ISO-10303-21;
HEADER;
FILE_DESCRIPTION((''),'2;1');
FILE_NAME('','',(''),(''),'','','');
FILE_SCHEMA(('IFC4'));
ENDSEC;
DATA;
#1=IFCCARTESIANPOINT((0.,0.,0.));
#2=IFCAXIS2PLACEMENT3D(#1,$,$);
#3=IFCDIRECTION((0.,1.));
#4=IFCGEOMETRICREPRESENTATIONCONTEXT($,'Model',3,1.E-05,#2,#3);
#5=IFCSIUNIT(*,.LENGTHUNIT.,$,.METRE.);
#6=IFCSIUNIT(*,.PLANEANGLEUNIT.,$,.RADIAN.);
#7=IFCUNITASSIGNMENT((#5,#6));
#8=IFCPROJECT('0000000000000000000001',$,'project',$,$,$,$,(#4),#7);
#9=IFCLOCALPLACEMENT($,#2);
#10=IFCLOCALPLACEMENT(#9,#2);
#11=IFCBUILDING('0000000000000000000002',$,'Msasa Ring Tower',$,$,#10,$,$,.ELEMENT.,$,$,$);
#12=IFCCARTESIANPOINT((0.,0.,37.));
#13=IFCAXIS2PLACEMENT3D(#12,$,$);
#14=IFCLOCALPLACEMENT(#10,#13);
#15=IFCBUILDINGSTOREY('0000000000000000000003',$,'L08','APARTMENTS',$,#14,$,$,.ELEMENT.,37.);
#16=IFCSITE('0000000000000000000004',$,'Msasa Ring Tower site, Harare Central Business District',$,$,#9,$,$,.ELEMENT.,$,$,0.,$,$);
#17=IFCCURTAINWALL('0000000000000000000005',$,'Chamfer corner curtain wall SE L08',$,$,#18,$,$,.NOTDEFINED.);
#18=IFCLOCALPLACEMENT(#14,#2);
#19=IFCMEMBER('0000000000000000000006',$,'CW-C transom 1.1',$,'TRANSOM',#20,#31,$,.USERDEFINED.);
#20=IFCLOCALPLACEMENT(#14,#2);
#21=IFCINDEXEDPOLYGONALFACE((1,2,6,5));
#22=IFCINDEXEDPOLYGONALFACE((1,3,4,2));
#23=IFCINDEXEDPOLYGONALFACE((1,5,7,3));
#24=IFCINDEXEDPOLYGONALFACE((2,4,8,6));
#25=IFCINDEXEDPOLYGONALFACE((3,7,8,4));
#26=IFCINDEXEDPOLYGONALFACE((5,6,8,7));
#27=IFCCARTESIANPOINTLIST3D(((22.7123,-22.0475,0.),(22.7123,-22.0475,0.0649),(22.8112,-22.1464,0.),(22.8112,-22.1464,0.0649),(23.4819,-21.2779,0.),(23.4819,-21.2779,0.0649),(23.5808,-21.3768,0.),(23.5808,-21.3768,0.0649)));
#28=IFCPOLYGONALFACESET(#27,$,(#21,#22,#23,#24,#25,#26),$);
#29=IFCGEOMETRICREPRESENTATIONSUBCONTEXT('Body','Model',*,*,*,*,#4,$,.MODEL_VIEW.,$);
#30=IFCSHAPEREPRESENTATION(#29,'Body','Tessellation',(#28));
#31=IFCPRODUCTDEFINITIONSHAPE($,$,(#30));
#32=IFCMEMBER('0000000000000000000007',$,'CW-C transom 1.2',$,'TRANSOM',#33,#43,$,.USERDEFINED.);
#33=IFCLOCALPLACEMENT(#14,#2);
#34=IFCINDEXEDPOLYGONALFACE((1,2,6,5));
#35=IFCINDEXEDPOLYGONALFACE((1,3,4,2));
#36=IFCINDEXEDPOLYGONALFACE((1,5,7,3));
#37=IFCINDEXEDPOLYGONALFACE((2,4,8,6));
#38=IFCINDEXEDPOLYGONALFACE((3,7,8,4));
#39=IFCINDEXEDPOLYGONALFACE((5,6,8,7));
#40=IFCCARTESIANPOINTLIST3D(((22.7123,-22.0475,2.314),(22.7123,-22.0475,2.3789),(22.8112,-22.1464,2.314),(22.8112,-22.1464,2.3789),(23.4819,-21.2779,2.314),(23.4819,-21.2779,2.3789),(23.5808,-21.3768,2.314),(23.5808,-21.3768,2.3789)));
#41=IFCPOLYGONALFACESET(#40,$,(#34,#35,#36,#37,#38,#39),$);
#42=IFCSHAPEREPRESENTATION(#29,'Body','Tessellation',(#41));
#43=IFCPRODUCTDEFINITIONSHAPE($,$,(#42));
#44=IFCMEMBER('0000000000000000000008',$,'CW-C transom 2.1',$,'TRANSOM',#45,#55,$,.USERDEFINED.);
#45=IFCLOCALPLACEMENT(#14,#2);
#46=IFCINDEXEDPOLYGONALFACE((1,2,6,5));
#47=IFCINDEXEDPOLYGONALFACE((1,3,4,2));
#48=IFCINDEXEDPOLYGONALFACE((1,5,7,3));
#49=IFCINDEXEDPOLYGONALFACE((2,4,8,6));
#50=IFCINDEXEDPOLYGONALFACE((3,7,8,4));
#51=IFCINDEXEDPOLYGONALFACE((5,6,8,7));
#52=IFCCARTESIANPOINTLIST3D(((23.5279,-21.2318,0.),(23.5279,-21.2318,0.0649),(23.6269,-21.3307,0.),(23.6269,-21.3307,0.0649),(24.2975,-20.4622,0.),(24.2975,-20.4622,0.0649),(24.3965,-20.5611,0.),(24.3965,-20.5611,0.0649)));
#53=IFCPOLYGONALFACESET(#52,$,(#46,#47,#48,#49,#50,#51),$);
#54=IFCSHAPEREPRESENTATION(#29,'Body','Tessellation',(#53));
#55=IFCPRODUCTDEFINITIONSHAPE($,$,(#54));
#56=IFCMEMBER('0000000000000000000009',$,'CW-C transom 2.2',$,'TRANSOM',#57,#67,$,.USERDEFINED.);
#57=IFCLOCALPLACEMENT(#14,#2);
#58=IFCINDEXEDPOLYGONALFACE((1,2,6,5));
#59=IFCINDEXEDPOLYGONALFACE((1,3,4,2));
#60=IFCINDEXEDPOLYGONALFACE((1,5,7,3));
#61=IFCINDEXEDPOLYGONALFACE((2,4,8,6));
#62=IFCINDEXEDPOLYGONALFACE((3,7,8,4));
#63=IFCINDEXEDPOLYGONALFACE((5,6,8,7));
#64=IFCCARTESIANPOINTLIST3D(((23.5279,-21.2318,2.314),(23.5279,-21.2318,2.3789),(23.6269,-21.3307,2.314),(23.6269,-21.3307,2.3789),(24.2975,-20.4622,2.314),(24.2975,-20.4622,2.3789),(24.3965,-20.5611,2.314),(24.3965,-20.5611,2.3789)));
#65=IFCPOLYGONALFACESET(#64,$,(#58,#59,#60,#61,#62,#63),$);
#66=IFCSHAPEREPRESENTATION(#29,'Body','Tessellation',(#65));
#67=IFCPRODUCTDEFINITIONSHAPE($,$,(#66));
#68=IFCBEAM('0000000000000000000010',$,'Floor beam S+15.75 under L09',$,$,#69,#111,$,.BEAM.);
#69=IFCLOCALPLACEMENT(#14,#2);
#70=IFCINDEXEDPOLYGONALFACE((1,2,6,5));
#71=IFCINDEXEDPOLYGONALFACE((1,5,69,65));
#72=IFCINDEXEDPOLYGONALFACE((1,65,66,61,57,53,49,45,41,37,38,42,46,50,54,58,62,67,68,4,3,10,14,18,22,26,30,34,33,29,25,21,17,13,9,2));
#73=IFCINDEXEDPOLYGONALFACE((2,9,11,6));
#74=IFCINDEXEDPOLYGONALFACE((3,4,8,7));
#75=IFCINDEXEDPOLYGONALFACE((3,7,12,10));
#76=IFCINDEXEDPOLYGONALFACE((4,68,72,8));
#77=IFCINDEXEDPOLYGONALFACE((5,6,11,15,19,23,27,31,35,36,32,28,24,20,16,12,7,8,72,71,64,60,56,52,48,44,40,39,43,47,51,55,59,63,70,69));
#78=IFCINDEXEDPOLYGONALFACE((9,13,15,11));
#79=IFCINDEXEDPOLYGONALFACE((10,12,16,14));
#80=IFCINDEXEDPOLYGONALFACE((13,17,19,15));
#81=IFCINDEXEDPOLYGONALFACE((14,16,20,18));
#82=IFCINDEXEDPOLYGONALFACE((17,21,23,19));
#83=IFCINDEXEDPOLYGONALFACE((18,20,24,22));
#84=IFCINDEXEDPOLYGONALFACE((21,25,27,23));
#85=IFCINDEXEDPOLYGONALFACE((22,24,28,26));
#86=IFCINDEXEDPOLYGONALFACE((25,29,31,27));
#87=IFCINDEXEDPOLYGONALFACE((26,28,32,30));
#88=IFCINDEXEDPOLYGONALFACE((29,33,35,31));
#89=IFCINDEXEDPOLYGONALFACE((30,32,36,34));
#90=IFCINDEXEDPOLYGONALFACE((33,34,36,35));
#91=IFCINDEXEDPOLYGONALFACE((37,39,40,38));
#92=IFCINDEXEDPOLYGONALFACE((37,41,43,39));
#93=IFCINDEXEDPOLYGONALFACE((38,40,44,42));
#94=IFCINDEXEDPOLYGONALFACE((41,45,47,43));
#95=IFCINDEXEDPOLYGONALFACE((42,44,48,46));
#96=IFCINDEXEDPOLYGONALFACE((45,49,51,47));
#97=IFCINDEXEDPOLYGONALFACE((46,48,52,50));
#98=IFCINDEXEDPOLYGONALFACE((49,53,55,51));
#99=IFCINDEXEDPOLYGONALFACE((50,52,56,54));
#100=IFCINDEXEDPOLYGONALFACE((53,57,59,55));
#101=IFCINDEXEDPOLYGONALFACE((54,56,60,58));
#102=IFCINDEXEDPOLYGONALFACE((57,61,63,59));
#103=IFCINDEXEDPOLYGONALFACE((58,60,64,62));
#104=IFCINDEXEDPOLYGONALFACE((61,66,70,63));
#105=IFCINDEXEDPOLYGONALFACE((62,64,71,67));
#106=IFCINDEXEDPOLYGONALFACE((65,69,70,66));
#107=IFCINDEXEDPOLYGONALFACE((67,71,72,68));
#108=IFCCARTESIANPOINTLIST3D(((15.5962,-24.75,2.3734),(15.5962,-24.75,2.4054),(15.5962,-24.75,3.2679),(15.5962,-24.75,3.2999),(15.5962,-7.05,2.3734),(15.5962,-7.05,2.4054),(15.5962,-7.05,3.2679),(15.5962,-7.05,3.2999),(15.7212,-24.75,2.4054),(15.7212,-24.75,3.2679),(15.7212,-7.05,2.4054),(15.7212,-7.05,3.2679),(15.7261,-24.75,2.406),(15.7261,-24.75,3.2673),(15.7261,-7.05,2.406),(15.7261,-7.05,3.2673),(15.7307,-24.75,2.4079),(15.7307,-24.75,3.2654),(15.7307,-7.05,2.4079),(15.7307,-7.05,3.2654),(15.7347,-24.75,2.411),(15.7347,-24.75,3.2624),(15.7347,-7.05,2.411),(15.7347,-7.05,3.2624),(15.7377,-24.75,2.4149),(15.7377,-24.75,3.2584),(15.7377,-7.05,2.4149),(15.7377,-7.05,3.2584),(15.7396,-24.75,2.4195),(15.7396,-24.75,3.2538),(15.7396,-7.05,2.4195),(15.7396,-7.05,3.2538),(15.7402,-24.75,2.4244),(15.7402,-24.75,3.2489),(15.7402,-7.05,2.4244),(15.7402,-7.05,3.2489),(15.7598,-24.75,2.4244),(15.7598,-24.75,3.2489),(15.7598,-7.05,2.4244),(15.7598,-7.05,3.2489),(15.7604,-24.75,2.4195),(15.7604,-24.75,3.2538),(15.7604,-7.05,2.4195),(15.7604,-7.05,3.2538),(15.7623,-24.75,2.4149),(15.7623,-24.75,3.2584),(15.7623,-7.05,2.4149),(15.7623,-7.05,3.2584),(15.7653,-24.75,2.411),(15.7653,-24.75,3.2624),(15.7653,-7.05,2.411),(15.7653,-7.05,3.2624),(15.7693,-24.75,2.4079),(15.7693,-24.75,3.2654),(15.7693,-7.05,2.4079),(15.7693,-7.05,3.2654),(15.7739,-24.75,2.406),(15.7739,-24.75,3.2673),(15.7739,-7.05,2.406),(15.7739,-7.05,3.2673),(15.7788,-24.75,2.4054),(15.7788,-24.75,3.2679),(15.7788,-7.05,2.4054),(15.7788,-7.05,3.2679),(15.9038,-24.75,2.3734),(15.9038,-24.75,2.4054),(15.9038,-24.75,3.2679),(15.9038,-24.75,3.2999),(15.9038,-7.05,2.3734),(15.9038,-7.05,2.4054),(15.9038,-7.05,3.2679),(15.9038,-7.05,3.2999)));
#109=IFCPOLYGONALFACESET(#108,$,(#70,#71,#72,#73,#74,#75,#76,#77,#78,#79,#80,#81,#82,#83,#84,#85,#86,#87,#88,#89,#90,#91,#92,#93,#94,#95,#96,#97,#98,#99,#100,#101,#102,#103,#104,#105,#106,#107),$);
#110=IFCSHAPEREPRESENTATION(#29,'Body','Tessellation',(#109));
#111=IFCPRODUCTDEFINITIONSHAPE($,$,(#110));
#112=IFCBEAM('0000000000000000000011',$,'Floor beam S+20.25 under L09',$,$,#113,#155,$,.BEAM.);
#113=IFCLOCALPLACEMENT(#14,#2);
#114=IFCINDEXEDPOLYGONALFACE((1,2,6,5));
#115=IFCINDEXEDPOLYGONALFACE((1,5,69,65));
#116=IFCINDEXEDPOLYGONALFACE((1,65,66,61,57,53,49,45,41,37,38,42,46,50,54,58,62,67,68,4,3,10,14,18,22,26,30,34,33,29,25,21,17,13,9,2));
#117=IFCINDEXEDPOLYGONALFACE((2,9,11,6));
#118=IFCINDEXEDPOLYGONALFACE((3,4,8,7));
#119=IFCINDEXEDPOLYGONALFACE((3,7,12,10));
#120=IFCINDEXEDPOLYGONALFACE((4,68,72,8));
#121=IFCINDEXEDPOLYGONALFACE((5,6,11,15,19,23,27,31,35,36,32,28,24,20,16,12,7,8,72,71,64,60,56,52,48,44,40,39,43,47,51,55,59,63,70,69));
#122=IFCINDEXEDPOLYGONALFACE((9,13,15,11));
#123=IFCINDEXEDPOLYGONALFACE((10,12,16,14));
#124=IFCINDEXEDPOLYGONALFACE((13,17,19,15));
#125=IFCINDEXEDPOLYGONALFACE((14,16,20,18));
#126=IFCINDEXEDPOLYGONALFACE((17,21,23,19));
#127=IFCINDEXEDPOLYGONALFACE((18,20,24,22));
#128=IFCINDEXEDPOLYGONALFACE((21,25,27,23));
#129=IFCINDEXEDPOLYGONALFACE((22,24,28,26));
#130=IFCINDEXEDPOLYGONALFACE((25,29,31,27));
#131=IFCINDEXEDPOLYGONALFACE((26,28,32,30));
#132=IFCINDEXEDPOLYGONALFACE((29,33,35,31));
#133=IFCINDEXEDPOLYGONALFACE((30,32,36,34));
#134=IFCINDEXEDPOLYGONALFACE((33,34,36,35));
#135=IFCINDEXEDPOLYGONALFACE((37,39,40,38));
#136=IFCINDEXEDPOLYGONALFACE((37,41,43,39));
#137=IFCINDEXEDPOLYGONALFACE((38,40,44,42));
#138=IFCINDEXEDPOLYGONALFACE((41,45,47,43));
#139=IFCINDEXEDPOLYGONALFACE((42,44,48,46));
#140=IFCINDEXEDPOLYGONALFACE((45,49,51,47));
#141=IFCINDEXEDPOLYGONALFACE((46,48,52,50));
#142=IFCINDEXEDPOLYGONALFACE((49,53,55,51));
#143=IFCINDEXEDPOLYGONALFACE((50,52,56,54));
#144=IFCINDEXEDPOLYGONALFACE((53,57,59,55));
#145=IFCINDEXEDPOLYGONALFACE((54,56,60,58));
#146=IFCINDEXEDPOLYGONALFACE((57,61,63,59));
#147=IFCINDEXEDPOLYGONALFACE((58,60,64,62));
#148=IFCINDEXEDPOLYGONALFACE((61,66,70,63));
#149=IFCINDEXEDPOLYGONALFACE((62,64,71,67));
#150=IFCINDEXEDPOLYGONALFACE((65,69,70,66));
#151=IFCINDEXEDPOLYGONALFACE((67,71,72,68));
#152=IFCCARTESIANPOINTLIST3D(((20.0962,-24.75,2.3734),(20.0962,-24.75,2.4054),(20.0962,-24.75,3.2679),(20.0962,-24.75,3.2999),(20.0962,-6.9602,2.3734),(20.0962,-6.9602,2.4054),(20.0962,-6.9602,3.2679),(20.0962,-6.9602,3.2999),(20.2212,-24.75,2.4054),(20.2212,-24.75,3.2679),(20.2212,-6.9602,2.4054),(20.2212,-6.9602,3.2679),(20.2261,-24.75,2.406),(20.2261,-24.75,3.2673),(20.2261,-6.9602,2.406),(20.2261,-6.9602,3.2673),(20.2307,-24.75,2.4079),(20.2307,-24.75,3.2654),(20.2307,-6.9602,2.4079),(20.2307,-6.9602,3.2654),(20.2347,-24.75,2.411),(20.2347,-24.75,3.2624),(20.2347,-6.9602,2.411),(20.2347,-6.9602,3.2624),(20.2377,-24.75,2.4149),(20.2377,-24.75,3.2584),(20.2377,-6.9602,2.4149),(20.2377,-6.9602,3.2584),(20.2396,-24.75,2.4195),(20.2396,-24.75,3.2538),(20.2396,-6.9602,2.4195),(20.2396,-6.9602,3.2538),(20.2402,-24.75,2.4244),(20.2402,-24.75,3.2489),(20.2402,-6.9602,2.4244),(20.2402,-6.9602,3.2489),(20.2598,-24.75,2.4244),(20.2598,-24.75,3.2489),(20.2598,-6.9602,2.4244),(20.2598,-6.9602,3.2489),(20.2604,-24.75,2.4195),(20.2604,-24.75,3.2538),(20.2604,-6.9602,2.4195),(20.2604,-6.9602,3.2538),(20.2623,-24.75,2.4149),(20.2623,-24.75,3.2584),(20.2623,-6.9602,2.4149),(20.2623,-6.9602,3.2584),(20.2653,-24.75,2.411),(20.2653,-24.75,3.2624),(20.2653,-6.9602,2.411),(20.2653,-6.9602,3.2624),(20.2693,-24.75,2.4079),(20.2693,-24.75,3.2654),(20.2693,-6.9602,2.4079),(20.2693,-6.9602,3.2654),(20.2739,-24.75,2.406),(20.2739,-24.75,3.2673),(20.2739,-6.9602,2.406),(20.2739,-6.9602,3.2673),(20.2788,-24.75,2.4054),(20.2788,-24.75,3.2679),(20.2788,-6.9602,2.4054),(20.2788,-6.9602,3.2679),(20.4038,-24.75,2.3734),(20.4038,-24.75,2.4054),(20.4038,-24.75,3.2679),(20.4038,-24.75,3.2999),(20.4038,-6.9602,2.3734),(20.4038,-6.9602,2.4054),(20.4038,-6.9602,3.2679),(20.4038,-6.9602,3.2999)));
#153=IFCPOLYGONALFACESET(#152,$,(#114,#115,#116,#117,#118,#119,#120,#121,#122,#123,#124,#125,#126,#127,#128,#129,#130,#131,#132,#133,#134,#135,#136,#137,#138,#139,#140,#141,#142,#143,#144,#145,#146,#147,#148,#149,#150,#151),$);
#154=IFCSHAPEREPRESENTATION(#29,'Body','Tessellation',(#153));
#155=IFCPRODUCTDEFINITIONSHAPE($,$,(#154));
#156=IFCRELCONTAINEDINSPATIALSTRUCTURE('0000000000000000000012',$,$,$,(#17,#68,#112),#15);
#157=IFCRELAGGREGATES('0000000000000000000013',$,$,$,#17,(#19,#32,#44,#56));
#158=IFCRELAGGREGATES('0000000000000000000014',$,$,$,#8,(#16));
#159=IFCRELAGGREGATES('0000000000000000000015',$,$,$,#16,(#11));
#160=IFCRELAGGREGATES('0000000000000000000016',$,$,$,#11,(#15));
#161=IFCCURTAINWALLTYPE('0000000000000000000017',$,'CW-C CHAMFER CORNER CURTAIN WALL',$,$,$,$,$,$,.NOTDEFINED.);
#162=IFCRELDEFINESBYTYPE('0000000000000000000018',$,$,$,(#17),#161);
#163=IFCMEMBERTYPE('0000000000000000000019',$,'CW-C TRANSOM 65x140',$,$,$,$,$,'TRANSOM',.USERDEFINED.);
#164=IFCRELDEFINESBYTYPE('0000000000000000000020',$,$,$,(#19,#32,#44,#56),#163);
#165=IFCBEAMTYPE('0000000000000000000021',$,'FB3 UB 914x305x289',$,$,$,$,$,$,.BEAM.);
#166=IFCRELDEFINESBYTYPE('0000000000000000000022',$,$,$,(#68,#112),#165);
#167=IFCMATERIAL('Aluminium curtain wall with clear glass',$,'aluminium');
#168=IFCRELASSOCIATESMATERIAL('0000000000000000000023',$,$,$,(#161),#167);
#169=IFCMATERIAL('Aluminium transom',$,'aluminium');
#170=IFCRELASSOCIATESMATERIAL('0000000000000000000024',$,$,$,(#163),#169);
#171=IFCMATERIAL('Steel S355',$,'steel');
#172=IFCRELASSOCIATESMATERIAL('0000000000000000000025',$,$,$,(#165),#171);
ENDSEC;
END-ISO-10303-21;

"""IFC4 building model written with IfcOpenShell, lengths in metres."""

from ifc_helpers import new_model, si_unit, direction, frame, origin, origin_2d, place, context, subcontext, project, spatial, rectangle, i_section, extrude, material, material_profile, profile_set, type_object, element, aggregate, save


model = new_model("IFC4")

# Units and contexts
model_context = context("Model", 3, precision=1e-05, world=origin(), true_north=direction((0.0, 1.0)))
body_context = subcontext(model_context, "Body", "Model", "MODEL_VIEW")
ifc_project = project(units=[si_unit("LENGTHUNIT", "METRE"), si_unit("PLANEANGLEUNIT", "RADIAN")], contexts=[model_context])

# Site, building, storey
site_placement = place(None, origin())
site = spatial("IfcSite", under=ifc_project, at=site_placement, Name="Msasa Ring Tower site, Harare Central Business District", CompositionType="ELEMENT", RefElevation=0.0)
building_placement = place(site_placement, origin())
building = spatial("IfcBuilding", under=site, at=building_placement, Name="Msasa Ring Tower", CompositionType="ELEMENT")
storey_placement = place(building_placement, frame((0.0, 0.0, 37.0)))
storey = spatial("IfcBuildingStorey", under=building, at=storey_placement, Name="L08", Description="APARTMENTS", CompositionType="ELEMENT", Elevation=37.0)

# Curtain wall
ifc_material_1 = material(Name="Aluminium curtain wall with clear glass", Category="aluminium")
curtain_wall_type = type_object("IfcCurtainWallType", Name="CW-C CHAMFER CORNER CURTAIN WALL", PredefinedType="NOTDEFINED", material=ifc_material_1)
curtain_wall_1_placement = place(storey_placement, origin())
curtain_wall_1 = element("IfcCurtainWall", 1, at=curtain_wall_1_placement, inside=storey, type_object=curtain_wall_type, Name="Chamfer corner curtain wall SE L08", PredefinedType="NOTDEFINED")

# Members
ifc_material_2 = material(Name="Aluminium transom", Category="aluminium")
ifc_material_profile_1 = material_profile(ifc_material_2, rectangle(XDim=0.1399, YDim=0.0649, at=origin_2d()), Name="AL 65x140")
ifc_profile_set_1 = profile_set([ifc_material_profile_1], Name="Aluminium transom")
member_type_1 = type_object("IfcMemberType", Name="CW-C TRANSOM 65x140", ElementType="TRANSOM", PredefinedType="USERDEFINED", material=ifc_profile_set_1)
member_1_placement = place(storey_placement, frame((22.7617, -22.0969, 0.0325), z_axis=(0.707107, 0.707107, 0.0), x_axis=(-0.707107, 0.707107, 0.0)))
member_1 = element("IfcMember", 2, at=member_1_placement, type_object=member_type_1, Name="CW-C transom 1.1", ObjectType="TRANSOM", PredefinedType="USERDEFINED", context=body_context, shape_type="SweptSolid", body=[
    extrude(rectangle(XDim=0.1399, YDim=0.0649, at=origin_2d()), origin(), (0.0, 0.0, 1.0), 1.0884),
])
member_2_placement = place(storey_placement, frame((22.7617, -22.0969, 2.3464), z_axis=(0.707107, 0.707107, 0.0), x_axis=(-0.707107, 0.707107, 0.0)))
member_2 = element("IfcMember", 3, at=member_2_placement, type_object=member_type_1, Name="CW-C transom 1.2", ObjectType="TRANSOM", PredefinedType="USERDEFINED", context=body_context, shape_type="SweptSolid", body=[
    extrude(rectangle(XDim=0.1399, YDim=0.0649, at=origin_2d()), origin(), (0.0, 0.0, 1.0), 1.0884),
])
member_3_placement = place(storey_placement, frame((23.5774, -21.2812, 0.0325), z_axis=(0.707107, 0.707107, 0.0), x_axis=(-0.707107, 0.707107, 0.0)))
member_3 = element("IfcMember", 4, at=member_3_placement, type_object=member_type_1, Name="CW-C transom 2.1", ObjectType="TRANSOM", PredefinedType="USERDEFINED", context=body_context, shape_type="SweptSolid", body=[
    extrude(rectangle(XDim=0.1399, YDim=0.0649, at=origin_2d()), origin(), (0.0, 0.0, 1.0), 1.0884),
])
member_4_placement = place(storey_placement, frame((23.5774, -21.2812, 2.3464), z_axis=(0.707107, 0.707107, 0.0), x_axis=(-0.707107, 0.707107, 0.0)))
member_4 = element("IfcMember", 5, at=member_4_placement, type_object=member_type_1, Name="CW-C transom 2.2", ObjectType="TRANSOM", PredefinedType="USERDEFINED", context=body_context, shape_type="SweptSolid", body=[
    extrude(rectangle(XDim=0.1399, YDim=0.0649, at=origin_2d()), origin(), (0.0, 0.0, 1.0), 1.0884),
])

# Beams
ifc_material_3 = material(Name="Steel S355", Category="steel")
ifc_material_profile_2 = material_profile(ifc_material_3, i_section(OverallWidth=0.3076, OverallDepth=0.9265, WebThickness=0.0195, FlangeThickness=0.032, FilletRadius=0.019, at=origin_2d()), Name="UB 914x305x289")
ifc_profile_set_2 = profile_set([ifc_material_profile_2], Name="Steel S355")
beam_type_1 = type_object("IfcBeamType", Name="FB3 UB 914x305x289", PredefinedType="BEAM", material=ifc_profile_set_2)
beam_1_placement = place(storey_placement, frame((15.75, -24.75, 2.8367), z_axis=(0.0, 1.0, 0.0), x_axis=(-1.0, 0.0, 0.0)))
element("IfcBeam", 6, at=beam_1_placement, inside=storey, type_object=beam_type_1, Name="Floor beam S+15.75 under L09", PredefinedType="BEAM", context=body_context, shape_type="SweptSolid", body=[
    extrude(i_section(OverallWidth=0.3076, OverallDepth=0.9265, WebThickness=0.0195, FlangeThickness=0.032, FilletRadius=0.019, at=origin_2d()), origin(), (0.0, 0.0, 1.0), 17.7),
])
beam_2_placement = place(storey_placement, frame((20.25, -24.75, 2.8367), z_axis=(0.0, 1.0, 0.0), x_axis=(-1.0, 0.0, 0.0)))
element("IfcBeam", 7, at=beam_2_placement, inside=storey, type_object=beam_type_1, Name="Floor beam S+20.25 under L09", PredefinedType="BEAM", context=body_context, shape_type="SweptSolid", body=[
    extrude(i_section(OverallWidth=0.3076, OverallDepth=0.9265, WebThickness=0.0195, FlangeThickness=0.032, FilletRadius=0.019, at=origin_2d()), origin(), (0.0, 0.0, 1.0), 17.7898),
])

aggregate(curtain_wall_1, [member_1, member_2, member_3, member_4])

save(model, "model.ifc")
